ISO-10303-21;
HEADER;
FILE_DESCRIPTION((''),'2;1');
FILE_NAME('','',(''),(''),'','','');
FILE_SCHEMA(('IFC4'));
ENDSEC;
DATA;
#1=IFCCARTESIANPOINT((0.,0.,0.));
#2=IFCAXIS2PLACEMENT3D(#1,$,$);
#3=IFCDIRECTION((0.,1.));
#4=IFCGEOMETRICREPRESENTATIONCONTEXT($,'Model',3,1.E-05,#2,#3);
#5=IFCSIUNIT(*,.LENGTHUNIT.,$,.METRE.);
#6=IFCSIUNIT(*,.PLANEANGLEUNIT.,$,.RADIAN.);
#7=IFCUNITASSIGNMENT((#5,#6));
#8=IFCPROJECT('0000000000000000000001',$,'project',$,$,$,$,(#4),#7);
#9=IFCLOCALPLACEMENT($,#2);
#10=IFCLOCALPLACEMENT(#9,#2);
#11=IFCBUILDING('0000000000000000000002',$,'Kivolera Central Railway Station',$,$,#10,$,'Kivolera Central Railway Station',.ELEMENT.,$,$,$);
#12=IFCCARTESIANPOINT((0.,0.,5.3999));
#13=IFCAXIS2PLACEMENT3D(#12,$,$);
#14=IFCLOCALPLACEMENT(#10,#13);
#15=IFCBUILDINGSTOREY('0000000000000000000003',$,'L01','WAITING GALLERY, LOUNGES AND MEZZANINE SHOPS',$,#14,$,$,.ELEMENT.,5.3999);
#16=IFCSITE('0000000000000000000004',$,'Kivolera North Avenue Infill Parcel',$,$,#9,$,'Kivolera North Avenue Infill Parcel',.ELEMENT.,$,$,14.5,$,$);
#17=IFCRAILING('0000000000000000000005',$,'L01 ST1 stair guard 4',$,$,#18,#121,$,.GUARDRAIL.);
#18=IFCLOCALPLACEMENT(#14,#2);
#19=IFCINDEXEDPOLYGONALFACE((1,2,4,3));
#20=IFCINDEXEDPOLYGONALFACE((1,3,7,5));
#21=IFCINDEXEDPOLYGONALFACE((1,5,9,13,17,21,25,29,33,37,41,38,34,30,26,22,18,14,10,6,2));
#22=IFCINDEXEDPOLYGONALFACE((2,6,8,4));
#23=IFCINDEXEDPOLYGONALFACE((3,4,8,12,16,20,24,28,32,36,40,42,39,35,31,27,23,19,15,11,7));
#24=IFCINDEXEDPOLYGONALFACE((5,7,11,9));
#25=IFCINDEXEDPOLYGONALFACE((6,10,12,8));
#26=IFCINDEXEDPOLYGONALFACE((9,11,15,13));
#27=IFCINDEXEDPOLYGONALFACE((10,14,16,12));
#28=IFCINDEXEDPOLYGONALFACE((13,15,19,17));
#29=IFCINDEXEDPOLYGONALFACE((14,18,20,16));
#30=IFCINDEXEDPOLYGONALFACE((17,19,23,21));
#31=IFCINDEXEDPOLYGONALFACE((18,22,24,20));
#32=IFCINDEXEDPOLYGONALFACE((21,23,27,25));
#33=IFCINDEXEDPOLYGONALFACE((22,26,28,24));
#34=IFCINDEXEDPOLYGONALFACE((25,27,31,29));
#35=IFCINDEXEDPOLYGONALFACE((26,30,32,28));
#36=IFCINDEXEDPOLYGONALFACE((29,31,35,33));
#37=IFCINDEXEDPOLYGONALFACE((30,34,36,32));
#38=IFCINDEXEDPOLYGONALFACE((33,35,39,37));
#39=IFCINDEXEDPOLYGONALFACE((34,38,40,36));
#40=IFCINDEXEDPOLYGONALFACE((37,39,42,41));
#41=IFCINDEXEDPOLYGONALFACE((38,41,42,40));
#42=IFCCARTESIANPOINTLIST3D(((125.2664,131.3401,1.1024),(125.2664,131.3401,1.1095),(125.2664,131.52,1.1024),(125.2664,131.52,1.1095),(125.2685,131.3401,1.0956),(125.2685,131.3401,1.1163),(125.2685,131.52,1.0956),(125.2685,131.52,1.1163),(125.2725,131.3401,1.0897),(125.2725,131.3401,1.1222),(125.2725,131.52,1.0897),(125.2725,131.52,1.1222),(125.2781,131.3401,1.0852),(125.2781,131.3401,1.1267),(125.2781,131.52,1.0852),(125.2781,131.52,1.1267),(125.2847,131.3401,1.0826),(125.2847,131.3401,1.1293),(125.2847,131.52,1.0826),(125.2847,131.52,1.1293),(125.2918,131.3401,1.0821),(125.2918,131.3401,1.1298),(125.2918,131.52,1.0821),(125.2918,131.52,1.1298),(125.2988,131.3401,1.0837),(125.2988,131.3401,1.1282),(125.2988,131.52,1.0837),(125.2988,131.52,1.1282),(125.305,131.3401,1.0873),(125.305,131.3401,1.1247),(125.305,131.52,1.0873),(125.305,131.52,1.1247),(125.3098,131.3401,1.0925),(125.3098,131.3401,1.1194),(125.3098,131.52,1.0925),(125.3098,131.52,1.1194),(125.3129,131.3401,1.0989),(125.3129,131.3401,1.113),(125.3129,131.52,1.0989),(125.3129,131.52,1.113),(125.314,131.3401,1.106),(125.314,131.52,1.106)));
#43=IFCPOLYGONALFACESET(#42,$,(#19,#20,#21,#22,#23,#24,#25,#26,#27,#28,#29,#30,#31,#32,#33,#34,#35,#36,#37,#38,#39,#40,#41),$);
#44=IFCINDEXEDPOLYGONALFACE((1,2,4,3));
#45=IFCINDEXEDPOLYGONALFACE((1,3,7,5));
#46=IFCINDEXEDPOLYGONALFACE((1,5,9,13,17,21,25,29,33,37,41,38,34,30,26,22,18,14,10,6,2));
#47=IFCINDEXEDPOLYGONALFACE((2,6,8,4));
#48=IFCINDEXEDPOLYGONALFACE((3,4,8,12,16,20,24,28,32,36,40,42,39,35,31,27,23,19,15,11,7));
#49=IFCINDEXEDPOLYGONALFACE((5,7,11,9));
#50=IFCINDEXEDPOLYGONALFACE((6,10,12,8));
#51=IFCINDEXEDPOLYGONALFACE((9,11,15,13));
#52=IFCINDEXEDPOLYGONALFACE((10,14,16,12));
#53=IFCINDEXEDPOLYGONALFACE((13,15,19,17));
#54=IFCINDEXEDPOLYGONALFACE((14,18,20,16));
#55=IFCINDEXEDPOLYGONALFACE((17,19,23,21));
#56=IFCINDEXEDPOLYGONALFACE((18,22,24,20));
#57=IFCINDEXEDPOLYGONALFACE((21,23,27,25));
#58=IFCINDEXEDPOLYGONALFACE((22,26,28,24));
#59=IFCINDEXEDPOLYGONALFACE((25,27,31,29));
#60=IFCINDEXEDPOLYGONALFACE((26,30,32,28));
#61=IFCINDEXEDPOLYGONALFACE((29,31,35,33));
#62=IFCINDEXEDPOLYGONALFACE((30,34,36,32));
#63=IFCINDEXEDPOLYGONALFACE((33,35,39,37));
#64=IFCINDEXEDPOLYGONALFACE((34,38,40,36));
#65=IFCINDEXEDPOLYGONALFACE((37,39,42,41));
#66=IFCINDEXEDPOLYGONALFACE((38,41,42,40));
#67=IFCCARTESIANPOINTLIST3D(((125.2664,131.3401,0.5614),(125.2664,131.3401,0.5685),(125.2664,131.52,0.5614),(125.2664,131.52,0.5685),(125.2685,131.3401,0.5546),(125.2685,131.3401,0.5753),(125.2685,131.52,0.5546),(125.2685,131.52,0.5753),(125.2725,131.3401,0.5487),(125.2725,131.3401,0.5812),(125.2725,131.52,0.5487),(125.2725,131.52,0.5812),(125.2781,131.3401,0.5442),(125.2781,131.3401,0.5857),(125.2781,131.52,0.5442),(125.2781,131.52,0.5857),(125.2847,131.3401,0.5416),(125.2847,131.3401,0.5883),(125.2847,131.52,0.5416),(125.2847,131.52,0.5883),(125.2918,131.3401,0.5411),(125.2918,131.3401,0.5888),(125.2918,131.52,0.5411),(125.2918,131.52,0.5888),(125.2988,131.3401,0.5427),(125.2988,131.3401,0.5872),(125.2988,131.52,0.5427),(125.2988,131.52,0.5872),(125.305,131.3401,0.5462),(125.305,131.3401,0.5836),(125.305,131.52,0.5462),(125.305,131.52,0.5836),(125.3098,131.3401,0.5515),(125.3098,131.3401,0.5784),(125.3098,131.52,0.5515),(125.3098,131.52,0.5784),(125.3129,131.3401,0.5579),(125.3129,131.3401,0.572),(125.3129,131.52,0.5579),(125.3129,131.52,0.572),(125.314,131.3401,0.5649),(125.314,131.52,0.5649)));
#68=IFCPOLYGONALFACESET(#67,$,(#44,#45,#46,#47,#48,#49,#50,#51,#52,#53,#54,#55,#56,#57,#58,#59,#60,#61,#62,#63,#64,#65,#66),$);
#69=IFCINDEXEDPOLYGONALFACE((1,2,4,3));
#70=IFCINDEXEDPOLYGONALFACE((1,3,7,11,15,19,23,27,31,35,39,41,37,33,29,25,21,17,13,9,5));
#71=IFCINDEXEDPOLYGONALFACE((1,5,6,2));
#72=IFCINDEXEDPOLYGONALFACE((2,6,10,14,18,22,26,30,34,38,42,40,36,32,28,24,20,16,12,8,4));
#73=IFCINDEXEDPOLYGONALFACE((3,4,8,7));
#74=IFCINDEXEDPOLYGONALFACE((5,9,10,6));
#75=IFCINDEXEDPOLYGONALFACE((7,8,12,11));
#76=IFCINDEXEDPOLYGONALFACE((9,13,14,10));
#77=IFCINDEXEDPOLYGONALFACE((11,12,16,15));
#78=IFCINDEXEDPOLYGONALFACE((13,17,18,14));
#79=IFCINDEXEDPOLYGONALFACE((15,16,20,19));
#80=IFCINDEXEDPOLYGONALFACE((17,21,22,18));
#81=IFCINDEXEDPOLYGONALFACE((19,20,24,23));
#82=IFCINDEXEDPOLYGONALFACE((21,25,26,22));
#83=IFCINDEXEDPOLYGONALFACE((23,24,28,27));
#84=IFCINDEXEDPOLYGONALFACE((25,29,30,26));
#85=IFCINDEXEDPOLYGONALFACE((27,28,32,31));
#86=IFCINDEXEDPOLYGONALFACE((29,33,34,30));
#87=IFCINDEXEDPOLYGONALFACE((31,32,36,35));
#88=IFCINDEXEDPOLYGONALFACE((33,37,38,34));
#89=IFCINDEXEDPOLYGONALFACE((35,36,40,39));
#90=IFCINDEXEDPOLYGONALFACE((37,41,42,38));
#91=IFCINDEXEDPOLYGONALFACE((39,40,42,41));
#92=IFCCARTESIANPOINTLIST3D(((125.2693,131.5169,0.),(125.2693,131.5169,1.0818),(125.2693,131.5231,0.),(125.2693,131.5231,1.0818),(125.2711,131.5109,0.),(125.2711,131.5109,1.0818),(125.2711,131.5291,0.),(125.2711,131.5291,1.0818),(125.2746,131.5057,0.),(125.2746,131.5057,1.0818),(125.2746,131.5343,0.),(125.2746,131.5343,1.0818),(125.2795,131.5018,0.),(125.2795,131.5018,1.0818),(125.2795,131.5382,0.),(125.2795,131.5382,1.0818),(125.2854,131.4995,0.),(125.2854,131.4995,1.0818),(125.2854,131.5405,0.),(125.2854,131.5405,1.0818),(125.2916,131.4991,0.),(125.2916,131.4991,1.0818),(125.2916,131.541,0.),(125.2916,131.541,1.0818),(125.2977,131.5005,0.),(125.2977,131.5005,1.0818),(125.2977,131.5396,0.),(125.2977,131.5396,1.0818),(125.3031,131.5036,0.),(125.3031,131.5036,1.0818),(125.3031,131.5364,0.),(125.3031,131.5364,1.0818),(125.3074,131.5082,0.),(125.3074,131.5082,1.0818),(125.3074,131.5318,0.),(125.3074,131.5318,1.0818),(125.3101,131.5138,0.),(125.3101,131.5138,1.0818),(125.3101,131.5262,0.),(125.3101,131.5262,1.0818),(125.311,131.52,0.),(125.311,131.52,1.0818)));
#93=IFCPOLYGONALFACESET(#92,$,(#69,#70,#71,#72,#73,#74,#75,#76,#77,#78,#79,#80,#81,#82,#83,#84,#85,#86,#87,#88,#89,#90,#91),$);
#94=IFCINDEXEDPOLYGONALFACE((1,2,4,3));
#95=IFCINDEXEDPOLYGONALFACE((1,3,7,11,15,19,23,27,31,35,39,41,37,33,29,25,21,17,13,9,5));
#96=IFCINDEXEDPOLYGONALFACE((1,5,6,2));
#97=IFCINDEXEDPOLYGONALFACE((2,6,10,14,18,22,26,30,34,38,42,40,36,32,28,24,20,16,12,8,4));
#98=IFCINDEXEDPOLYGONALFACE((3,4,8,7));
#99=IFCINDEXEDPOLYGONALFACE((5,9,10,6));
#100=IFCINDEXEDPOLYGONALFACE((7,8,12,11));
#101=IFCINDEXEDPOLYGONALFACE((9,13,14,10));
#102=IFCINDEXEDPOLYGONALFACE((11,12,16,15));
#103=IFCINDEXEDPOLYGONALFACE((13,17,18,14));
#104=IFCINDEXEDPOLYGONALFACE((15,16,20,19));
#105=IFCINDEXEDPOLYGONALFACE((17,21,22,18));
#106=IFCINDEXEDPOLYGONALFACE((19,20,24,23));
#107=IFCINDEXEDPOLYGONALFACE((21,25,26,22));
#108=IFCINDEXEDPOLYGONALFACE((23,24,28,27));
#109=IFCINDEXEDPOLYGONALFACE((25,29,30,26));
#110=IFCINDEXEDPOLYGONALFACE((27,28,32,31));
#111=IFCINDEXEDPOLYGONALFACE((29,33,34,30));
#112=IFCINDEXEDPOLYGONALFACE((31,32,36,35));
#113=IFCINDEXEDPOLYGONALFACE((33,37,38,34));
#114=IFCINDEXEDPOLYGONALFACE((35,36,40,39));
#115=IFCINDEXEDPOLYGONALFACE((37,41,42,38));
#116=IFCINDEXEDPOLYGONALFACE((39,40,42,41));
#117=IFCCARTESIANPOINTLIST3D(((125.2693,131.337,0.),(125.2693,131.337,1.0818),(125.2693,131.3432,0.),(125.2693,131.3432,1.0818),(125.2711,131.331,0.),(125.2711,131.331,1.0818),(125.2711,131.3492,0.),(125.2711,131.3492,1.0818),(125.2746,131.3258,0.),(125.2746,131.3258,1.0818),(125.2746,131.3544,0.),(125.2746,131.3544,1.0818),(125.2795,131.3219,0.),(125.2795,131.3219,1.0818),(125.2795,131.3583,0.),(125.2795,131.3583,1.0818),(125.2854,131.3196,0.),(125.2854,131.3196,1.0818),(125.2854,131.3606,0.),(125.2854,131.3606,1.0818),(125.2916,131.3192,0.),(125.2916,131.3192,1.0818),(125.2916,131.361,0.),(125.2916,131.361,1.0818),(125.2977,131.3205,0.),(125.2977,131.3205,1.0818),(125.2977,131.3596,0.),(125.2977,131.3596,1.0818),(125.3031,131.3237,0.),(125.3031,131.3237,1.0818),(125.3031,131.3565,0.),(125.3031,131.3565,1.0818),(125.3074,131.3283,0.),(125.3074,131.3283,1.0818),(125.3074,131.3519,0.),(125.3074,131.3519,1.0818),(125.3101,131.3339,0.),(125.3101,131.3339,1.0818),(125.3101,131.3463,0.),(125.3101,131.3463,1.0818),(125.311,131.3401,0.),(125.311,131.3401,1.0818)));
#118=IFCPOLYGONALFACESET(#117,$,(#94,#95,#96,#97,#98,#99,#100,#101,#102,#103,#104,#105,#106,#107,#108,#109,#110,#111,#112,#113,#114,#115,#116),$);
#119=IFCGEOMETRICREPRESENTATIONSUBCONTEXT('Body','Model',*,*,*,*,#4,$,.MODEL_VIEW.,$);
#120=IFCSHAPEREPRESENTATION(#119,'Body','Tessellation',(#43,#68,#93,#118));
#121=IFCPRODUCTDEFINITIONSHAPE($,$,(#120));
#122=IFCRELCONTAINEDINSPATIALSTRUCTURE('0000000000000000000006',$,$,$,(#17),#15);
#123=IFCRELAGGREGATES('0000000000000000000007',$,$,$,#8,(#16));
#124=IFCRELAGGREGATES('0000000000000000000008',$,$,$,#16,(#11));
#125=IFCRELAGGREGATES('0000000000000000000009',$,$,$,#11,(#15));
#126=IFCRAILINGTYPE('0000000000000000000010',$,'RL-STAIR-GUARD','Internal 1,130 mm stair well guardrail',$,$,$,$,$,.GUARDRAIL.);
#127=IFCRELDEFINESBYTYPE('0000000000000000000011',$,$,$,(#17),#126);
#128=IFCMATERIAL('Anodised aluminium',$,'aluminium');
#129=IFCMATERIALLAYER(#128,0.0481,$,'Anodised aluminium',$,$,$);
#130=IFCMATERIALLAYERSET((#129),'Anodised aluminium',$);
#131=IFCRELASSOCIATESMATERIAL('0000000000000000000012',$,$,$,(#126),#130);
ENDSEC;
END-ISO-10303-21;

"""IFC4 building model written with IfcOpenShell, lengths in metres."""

from ifc_helpers import new_model, si_unit, direction, frame, origin, origin_2d, place, context, subcontext, project, spatial, circle, extrude, material, layer, layer_set, type_object, element, save


model = new_model("IFC4")

# Units and contexts
model_context = context("Model", 3, precision=1e-05, world=origin(), true_north=direction((0.0, 1.0)))
body_context = subcontext(model_context, "Body", "Model", "MODEL_VIEW")
ifc_project = project(units=[si_unit("LENGTHUNIT", "METRE"), si_unit("PLANEANGLEUNIT", "RADIAN")], contexts=[model_context])

# Site, building, storey
site_placement = place(None, origin())
site = spatial("IfcSite", under=ifc_project, at=site_placement, Name="Kivolera North Avenue Infill Parcel", LongName="Kivolera North Avenue Infill Parcel", CompositionType="ELEMENT", RefElevation=14.5)
building_placement = place(site_placement, origin())
building = spatial("IfcBuilding", under=site, at=building_placement, Name="Kivolera Central Railway Station", LongName="Kivolera Central Railway Station", CompositionType="ELEMENT")
storey_placement = place(building_placement, frame((0.0, 0.0, 5.3999)))
storey = spatial("IfcBuildingStorey", under=building, at=storey_placement, Name="L01", Description="WAITING GALLERY, LOUNGES AND MEZZANINE SHOPS", CompositionType="ELEMENT", Elevation=5.3999)

# Shared definitions
ifc_material_1 = material(Name="Anodised aluminium", Category="aluminium")

# Railing
ifc_layer_1 = layer(ifc_material_1, 0.0481, Name="Anodised aluminium")
ifc_layer_set_1 = layer_set([ifc_layer_1], Name="Anodised aluminium")
railing_type_1 = type_object("IfcRailingType", Name="RL-STAIR-GUARD", Description="Internal 1,130 mm stair well guardrail", PredefinedType="GUARDRAIL", material=ifc_layer_set_1)
railing_1_placement = place(storey_placement, frame((125.29, 131.52, 0.0)))
element("IfcRailing", 1, at=railing_1_placement, inside=storey, type_object=railing_type_1, Name="L01 ST1 stair guard 4", PredefinedType="GUARDRAIL", context=body_context, shape_type="SweptSolid", body=[
    extrude(circle(Radius=0.0239, at=origin_2d()), frame((0.0, 0.0, 1.106), z_axis=(0.0, -1.0, 0.0), x_axis=(1.0, 0.0, 0.0)), (0.0, 0.0, 1.0), 0.1799),
    extrude(circle(Radius=0.0239, at=origin_2d()), frame((0.0, 0.0, 0.5649), z_axis=(0.0, -1.0, 0.0), x_axis=(1.0, 0.0, 0.0)), (0.0, 0.0, 1.0), 0.1799),
    extrude(circle(Radius=0.021, at=origin_2d()), origin(), (0.0, 0.0, 1.0), 1.0818),
    extrude(circle(Radius=0.021, at=origin_2d()), frame((0.0, -0.1799, 0.0)), (0.0, 0.0, 1.0), 1.0818),
])

save(model, "model.ifc")
